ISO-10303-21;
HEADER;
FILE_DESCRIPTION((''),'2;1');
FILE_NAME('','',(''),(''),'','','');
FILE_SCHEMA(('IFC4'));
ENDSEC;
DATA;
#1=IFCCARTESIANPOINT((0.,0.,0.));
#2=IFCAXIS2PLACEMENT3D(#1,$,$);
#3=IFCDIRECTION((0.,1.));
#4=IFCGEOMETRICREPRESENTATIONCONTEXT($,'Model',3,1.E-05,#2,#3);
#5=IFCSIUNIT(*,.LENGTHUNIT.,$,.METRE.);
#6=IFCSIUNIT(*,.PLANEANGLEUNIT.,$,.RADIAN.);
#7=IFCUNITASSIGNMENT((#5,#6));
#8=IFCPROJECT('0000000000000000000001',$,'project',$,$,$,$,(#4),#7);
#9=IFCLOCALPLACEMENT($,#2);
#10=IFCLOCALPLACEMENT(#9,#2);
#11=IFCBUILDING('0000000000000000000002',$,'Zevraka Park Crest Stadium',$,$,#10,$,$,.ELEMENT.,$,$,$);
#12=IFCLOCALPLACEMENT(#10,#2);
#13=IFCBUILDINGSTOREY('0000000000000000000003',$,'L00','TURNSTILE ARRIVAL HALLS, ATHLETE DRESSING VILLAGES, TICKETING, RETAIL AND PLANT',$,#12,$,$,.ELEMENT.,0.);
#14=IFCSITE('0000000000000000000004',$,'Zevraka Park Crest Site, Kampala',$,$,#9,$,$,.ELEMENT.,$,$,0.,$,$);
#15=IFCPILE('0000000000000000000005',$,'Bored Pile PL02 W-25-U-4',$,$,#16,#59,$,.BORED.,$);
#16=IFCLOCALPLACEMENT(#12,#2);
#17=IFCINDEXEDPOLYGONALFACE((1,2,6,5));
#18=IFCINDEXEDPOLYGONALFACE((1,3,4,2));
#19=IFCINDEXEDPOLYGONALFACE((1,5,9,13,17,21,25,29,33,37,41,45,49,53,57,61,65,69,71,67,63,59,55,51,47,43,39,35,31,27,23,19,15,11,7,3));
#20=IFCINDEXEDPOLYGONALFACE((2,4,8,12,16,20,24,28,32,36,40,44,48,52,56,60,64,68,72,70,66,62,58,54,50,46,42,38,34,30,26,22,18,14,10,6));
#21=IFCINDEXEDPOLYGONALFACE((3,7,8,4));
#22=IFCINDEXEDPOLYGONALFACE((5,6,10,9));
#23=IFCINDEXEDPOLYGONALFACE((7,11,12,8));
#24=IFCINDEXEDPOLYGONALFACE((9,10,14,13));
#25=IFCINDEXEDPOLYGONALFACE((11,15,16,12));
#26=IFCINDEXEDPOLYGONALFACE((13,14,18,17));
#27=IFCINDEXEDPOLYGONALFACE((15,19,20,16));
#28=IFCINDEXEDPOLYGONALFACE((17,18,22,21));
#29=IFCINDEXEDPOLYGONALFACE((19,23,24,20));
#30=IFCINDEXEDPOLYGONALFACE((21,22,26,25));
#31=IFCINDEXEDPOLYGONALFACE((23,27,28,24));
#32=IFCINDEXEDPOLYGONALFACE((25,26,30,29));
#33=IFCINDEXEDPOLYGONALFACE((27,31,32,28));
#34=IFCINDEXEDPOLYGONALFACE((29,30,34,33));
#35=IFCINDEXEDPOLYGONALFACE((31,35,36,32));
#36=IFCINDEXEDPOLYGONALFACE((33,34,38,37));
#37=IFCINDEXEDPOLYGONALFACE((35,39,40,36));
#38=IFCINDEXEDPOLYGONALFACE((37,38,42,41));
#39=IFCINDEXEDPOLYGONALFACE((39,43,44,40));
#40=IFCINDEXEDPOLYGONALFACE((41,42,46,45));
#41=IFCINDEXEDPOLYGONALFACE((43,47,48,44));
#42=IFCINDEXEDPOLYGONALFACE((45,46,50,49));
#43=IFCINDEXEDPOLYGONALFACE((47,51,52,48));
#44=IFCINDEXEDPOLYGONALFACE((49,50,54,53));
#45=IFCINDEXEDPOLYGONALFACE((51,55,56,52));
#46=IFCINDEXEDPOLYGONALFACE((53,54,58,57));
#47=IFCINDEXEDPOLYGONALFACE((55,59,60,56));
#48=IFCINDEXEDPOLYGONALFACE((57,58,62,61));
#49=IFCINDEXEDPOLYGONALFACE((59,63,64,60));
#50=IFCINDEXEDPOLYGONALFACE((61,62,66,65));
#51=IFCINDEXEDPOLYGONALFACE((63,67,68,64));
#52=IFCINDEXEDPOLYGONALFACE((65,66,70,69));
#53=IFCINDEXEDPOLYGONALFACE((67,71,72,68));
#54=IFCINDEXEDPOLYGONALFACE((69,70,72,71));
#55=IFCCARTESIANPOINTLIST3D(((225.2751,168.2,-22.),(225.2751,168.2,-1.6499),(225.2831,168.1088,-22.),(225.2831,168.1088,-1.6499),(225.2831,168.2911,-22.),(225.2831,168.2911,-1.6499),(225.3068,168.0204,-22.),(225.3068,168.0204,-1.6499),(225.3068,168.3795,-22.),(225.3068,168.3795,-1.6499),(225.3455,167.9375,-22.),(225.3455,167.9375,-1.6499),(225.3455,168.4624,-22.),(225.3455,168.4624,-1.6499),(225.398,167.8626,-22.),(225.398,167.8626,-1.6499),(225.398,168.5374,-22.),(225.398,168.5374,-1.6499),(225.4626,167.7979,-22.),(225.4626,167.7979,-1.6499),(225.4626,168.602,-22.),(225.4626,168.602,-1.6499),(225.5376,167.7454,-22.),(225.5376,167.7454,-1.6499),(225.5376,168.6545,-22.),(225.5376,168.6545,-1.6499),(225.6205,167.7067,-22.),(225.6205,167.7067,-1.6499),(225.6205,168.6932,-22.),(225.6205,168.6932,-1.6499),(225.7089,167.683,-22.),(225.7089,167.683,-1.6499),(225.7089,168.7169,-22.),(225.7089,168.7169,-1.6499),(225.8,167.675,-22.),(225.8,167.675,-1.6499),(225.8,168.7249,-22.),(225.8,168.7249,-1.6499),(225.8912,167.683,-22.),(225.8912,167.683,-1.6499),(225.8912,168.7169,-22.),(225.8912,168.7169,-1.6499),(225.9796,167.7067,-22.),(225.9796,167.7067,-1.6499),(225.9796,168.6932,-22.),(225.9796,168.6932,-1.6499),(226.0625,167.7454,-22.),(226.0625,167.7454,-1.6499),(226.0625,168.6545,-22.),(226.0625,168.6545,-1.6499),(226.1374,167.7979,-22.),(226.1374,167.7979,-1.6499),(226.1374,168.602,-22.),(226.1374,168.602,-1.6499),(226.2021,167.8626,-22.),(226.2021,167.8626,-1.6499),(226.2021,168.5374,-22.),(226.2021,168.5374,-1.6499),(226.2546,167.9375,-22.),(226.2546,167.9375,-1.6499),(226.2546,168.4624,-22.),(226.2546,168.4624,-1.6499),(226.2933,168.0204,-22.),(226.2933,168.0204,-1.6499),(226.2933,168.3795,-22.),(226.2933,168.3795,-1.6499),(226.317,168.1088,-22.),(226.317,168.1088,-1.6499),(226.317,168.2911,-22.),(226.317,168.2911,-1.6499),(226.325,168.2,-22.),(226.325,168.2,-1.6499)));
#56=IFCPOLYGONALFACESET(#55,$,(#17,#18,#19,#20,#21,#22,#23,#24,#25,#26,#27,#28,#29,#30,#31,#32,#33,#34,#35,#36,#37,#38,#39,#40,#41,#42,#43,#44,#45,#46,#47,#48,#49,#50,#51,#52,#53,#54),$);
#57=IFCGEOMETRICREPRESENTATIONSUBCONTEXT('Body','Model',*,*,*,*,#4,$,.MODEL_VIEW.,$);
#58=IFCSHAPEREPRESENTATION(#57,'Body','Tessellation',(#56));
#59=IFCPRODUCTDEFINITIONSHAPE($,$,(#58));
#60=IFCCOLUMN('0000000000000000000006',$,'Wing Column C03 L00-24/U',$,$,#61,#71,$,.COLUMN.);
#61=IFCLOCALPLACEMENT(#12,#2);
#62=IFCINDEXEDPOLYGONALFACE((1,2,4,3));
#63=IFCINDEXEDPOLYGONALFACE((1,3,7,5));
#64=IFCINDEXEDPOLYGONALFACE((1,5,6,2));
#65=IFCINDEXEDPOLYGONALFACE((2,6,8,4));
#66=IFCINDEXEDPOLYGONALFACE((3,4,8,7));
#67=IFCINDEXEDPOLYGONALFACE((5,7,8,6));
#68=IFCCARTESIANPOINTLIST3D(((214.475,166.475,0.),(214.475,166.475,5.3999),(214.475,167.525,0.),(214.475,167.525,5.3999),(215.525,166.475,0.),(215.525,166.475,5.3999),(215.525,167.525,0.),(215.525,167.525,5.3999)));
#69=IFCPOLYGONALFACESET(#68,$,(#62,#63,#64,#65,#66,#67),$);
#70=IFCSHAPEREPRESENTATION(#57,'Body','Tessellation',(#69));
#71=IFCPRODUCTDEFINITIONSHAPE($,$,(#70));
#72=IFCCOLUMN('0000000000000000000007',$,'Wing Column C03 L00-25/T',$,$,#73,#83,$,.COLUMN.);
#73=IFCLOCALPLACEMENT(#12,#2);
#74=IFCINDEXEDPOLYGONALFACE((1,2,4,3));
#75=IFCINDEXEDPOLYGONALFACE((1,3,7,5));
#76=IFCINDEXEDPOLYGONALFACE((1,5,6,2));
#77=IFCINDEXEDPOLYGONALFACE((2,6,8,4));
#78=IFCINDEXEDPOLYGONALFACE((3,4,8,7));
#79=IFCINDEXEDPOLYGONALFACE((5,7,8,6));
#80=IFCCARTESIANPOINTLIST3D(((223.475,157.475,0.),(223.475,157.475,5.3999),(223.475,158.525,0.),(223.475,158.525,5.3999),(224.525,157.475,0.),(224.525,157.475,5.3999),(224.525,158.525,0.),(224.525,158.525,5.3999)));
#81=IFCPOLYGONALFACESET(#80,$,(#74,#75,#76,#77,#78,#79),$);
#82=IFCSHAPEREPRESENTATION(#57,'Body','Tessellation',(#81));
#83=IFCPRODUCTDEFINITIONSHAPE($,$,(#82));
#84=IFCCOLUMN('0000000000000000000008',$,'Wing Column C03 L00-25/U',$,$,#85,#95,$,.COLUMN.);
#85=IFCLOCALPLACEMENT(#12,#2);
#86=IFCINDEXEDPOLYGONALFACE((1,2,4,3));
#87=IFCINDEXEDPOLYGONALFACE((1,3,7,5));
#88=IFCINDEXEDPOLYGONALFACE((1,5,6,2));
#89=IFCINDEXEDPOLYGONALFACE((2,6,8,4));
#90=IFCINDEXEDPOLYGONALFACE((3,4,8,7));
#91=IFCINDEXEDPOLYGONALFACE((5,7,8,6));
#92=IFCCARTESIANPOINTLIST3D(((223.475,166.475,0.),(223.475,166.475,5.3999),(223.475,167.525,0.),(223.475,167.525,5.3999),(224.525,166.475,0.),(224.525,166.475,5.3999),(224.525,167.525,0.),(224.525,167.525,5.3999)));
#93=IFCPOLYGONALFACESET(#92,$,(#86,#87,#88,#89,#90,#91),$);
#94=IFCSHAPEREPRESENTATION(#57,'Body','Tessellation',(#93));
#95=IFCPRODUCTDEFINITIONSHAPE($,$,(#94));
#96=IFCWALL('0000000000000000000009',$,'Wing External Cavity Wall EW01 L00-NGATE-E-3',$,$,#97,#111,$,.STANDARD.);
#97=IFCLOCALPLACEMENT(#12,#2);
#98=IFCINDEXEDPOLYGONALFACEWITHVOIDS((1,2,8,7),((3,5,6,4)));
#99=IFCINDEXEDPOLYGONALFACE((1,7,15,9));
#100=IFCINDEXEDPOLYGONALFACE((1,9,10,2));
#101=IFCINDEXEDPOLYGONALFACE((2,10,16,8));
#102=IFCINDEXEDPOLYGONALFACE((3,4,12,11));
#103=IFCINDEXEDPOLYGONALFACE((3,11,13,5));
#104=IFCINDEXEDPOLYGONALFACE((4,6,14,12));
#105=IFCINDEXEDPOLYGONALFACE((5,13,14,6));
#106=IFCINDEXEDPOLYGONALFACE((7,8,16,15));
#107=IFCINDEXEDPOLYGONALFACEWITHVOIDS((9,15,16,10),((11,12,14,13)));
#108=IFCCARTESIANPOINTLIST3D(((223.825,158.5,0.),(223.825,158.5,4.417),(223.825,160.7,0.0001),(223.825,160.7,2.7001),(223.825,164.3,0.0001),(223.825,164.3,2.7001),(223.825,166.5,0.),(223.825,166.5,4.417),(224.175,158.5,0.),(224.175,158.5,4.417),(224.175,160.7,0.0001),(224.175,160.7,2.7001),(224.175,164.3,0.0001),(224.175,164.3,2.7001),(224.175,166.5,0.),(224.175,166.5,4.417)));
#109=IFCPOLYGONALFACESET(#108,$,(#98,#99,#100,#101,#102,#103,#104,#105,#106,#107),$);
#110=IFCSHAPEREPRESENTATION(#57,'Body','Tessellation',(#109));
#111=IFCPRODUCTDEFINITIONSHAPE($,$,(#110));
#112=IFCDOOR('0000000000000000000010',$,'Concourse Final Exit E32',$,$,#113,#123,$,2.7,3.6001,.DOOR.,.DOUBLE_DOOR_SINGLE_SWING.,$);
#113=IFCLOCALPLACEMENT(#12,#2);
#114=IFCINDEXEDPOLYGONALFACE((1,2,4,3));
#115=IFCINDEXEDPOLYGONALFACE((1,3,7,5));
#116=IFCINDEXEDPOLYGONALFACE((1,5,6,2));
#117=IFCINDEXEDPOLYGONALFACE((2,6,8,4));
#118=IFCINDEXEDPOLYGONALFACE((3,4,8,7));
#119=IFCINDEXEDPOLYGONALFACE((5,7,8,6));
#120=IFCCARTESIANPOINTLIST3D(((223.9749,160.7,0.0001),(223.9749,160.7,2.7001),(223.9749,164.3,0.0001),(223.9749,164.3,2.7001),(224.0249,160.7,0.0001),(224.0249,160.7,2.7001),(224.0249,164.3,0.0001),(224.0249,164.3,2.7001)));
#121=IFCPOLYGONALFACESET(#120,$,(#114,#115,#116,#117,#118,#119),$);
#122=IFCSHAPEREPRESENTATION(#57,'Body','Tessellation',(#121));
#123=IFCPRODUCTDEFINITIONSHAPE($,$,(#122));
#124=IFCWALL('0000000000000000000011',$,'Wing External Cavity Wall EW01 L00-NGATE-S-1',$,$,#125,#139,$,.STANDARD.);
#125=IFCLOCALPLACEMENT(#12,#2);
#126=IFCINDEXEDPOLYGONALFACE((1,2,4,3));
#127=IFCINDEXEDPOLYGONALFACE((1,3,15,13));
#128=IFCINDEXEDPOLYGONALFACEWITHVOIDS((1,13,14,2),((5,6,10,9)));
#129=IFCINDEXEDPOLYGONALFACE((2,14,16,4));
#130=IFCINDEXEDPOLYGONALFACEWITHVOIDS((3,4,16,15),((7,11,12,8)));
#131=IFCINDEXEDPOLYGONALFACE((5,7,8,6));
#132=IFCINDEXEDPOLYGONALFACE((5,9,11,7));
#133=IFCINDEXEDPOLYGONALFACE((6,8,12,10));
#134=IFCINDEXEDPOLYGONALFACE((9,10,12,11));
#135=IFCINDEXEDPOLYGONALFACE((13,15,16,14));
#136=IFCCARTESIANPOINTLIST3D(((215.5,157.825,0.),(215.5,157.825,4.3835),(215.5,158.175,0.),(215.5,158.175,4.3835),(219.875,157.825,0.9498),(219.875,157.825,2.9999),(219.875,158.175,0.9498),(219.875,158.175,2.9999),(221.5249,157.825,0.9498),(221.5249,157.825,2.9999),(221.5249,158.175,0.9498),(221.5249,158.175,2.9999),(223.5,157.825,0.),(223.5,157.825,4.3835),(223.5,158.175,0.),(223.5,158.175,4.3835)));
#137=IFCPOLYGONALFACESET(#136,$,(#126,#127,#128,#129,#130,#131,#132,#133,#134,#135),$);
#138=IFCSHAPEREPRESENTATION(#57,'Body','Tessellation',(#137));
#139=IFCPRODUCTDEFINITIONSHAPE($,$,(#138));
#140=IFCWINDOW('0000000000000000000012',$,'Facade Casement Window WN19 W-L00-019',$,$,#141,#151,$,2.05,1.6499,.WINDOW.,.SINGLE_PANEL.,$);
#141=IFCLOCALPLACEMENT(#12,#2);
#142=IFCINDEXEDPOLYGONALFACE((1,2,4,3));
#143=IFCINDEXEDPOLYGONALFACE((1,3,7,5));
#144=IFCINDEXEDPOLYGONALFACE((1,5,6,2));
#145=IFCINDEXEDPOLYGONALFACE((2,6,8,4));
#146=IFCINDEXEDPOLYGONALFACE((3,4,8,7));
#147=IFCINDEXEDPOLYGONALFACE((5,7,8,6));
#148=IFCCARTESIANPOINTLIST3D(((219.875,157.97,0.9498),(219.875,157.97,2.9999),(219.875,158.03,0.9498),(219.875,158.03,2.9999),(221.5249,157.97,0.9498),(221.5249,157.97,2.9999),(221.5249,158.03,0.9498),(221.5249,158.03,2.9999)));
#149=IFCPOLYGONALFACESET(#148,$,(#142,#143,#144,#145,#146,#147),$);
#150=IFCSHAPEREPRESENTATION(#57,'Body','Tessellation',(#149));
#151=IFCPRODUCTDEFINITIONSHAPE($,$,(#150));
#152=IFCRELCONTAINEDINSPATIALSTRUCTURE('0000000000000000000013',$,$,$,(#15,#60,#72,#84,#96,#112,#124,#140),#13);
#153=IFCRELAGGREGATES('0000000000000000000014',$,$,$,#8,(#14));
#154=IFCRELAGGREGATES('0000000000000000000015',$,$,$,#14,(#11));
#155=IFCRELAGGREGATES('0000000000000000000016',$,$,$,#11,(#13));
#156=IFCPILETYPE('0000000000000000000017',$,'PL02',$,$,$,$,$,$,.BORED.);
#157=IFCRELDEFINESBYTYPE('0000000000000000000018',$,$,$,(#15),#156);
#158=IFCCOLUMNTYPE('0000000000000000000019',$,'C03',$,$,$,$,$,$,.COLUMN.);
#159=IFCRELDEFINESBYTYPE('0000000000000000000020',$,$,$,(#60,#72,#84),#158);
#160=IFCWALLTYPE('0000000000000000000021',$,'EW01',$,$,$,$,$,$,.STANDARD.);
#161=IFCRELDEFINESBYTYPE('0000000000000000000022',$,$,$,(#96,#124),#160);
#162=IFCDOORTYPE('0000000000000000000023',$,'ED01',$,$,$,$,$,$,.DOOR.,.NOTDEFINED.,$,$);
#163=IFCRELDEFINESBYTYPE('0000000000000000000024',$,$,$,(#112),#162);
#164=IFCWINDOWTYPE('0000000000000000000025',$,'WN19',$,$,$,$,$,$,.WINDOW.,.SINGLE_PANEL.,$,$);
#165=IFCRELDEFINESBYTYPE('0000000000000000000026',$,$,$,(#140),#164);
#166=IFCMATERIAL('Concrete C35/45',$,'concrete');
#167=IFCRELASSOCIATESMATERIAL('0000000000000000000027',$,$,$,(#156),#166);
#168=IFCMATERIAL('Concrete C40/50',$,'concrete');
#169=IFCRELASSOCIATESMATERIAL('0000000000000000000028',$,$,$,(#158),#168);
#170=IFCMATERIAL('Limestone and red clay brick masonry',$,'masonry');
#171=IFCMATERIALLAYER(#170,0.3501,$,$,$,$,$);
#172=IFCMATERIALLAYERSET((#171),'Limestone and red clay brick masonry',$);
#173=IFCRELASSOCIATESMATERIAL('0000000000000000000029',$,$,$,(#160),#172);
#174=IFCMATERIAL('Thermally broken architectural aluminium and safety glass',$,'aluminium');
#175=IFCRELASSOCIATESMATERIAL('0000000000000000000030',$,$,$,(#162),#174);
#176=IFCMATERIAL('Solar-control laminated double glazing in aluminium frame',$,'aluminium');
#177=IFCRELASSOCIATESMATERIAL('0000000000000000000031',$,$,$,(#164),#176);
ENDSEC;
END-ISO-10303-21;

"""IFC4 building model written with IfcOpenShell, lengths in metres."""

from ifc_helpers import new_model, si_unit, direction, frame, frame_2d, origin, origin_2d, place, context, subcontext, project, spatial, rectangle, circle, extrude, material, layer, layer_set, material_profile, profile_set, type_object, element, fill, save


model = new_model("IFC4")

# Units and contexts
model_context = context("Model", 3, precision=1e-05, world=origin(), true_north=direction((0.0, 1.0)))
body_context = subcontext(model_context, "Body", "Model", "MODEL_VIEW")
ifc_project = project(units=[si_unit("LENGTHUNIT", "METRE"), si_unit("PLANEANGLEUNIT", "RADIAN")], contexts=[model_context])

# Site, building, storey
site_placement = place(None, origin())
site = spatial("IfcSite", under=ifc_project, at=site_placement, Name="Zevraka Park Crest Site, Kampala", CompositionType="ELEMENT", RefElevation=0.0)
building_placement = place(site_placement, origin())
building = spatial("IfcBuilding", under=site, at=building_placement, Name="Zevraka Park Crest Stadium", CompositionType="ELEMENT")
storey_placement = place(building_placement, origin())
storey = spatial("IfcBuildingStorey", under=building, at=storey_placement, Name="L00", Description="TURNSTILE ARRIVAL HALLS, ATHLETE DRESSING VILLAGES, TICKETING, RETAIL AND PLANT", CompositionType="ELEMENT", Elevation=0.0)

# Pile
ifc_material_1 = material(Name="Concrete C35/45", Category="concrete")
ifc_material_profile_1 = material_profile(ifc_material_1, circle(Radius=0.5249, at=origin_2d()), Name="PILE D1050")
ifc_profile_set_1 = profile_set([ifc_material_profile_1], Name="Concrete C35/45")
pile_type_1 = type_object("IfcPileType", Name="PL02", PredefinedType="BORED", material=ifc_profile_set_1)
for number, where, z_axis, x_axis, name in (
    (1, (225.8, 168.2, -1.6499), (0.0, 0.0, -1.0), (1.0, 0.0, 0.0), "Bored Pile PL02 W-25-U-4"),
):
    element("IfcPile", number, at=place(storey_placement, frame(where, z_axis=z_axis, x_axis=x_axis)), inside=storey, type_object=pile_type_1, Name=name, PredefinedType="BORED", context=body_context, shape_type="SweptSolid", body=[
        extrude(circle(Radius=0.5249, at=origin_2d()), origin(), (0.0, 0.0, 1.0), 20.3501),
    ])

# Columns
ifc_material_2 = material(Name="Concrete C40/50", Category="concrete")
ifc_material_profile_2 = material_profile(ifc_material_2, rectangle(XDim=1.05, YDim=1.05, at=origin_2d()), Name="RC 1050x1050")
ifc_profile_set_2 = profile_set([ifc_material_profile_2], Name="Concrete C40/50")
column_type = type_object("IfcColumnType", Name="C03", PredefinedType="COLUMN", material=ifc_profile_set_2)
for number, where, z_axis, x_axis, name in (
    (2, (215.0, 167.0, 0.0), (0.0, 0.0, 1.0), (1.0, 0.0, 0.0), "Wing Column C03 L00-24/U"),
    (3, (224.0, 158.0, 0.0), (0.0, 0.0, 1.0), (1.0, 0.0, 0.0), "Wing Column C03 L00-25/T"),
    (4, (224.0, 167.0, 0.0), (0.0, 0.0, 1.0), (1.0, 0.0, 0.0), "Wing Column C03 L00-25/U"),
):
    element("IfcColumn", number, at=place(storey_placement, frame(where, z_axis=z_axis, x_axis=x_axis)), inside=storey, type_object=column_type, Name=name, PredefinedType="COLUMN", context=body_context, shape_type="SweptSolid", body=[
        extrude(rectangle(XDim=1.05, YDim=1.05, at=origin_2d()), origin(), (0.0, 0.0, 1.0), 5.3999),
    ])

# Wall, opening, door
ifc_material_3 = material(Name="Limestone and red clay brick masonry", Category="masonry")
ifc_layer = layer(ifc_material_3, 0.3501)
ifc_layer_set = layer_set([ifc_layer], Name="Limestone and red clay brick masonry")
wall_type = type_object("IfcWallType", Name="EW01", PredefinedType="STANDARD", material=ifc_layer_set)
wall_1_placement = place(storey_placement, frame((224.0, 166.5, 0.0), z_axis=(0.0, 0.0, 1.0), x_axis=(0.0, -1.0, 0.0)))
wall_1 = element("IfcWall", 5, at=wall_1_placement, inside=storey, type_object=wall_type, Name="Wing External Cavity Wall EW01 L00-NGATE-E-3", PredefinedType="STANDARD", context=body_context, shape_type="SweptSolid", body=[
    extrude(rectangle(XDim=8.0, YDim=0.3501, at=frame_2d((4.0, 0.0))), origin(), (0.0, 0.0, 1.0), 4.417),
])
opening_1_placement = place(wall_1_placement, frame((2.2, 0.0, 0.0)))
opening_1 = element("IfcOpeningElement", 6, at=opening_1_placement, cuts=wall_1, PredefinedType="OPENING", context=body_context, shape_type="SweptSolid", body=[
    extrude(rectangle(XDim=3.6001, YDim=2.7, at=frame_2d((1.8, 1.3501))), frame((0.0, 0.1851, 0.0), z_axis=(0.0, -1.0, 0.0), x_axis=(1.0, 0.0, 0.0)), (0.0, 0.0, 1.0), 0.3701),
])
ifc_material_4 = material(Name="Thermally broken architectural aluminium and safety glass", Category="aluminium")
door_type = type_object("IfcDoorType", Name="ED01", OperationType="NOTDEFINED", PredefinedType="DOOR", material=ifc_material_4)
door_placement = place(opening_1_placement, origin())
door = element("IfcDoor", 7, at=door_placement, inside=storey, type_object=door_type, Name="Concourse Final Exit E32", OperationType="DOUBLE_DOOR_SINGLE_SWING", OverallHeight=2.7, OverallWidth=3.6001, PredefinedType="DOOR", context=body_context, shape_type="SweptSolid", body=[
    extrude(rectangle(XDim=3.6001, YDim=2.7, at=frame_2d((1.8, 1.3501))), frame((0.0, 0.0249, 0.0), z_axis=(0.0, -1.0, 0.0), x_axis=(1.0, 0.0, 0.0)), (0.0, 0.0, 1.0), 0.05),
])
fill(opening_1, door)

# Wall, opening, window
wall_2_placement = place(storey_placement, frame((223.5, 158.0, 0.0), z_axis=(0.0, 0.0, 1.0), x_axis=(-1.0, 0.0, 0.0)))
wall_2 = element("IfcWall", 8, at=wall_2_placement, inside=storey, type_object=wall_type, Name="Wing External Cavity Wall EW01 L00-NGATE-S-1", PredefinedType="STANDARD", context=body_context, shape_type="SweptSolid", body=[
    extrude(rectangle(XDim=8.0, YDim=0.3501, at=frame_2d((4.0, 0.0))), origin(), (0.0, 0.0, 1.0), 4.3835),
])
opening_2_placement = place(wall_2_placement, frame((1.9751, 0.0, 0.95)))
opening_2 = element("IfcOpeningElement", 9, at=opening_2_placement, cuts=wall_2, PredefinedType="OPENING", context=body_context, shape_type="SweptSolid", body=[
    extrude(rectangle(XDim=1.6499, YDim=2.05, at=frame_2d((0.825, 1.0249))), frame((0.0, 0.1851, 0.0), z_axis=(0.0, -1.0, 0.0), x_axis=(1.0, 0.0, 0.0)), (0.0, 0.0, 1.0), 0.3701),
])
ifc_material_5 = material(Name="Solar-control laminated double glazing in aluminium frame", Category="aluminium")
window_type = type_object("IfcWindowType", Name="WN19", PartitioningType="SINGLE_PANEL", PredefinedType="WINDOW", material=ifc_material_5)
window_placement = place(opening_2_placement, origin())
window = element("IfcWindow", 10, at=window_placement, inside=storey, type_object=window_type, Name="Facade Casement Window WN19 W-L00-019", OverallHeight=2.05, OverallWidth=1.6499, PartitioningType="SINGLE_PANEL", PredefinedType="WINDOW", context=body_context, shape_type="SweptSolid", body=[
    extrude(rectangle(XDim=1.6499, YDim=2.05, at=frame_2d((0.825, 1.0249))), frame((0.0, 0.03, 0.0), z_axis=(0.0, -1.0, 0.0), x_axis=(1.0, 0.0, 0.0)), (0.0, 0.0, 1.0), 0.0601),
])
fill(opening_2, window)

save(model, "model.ifc")
